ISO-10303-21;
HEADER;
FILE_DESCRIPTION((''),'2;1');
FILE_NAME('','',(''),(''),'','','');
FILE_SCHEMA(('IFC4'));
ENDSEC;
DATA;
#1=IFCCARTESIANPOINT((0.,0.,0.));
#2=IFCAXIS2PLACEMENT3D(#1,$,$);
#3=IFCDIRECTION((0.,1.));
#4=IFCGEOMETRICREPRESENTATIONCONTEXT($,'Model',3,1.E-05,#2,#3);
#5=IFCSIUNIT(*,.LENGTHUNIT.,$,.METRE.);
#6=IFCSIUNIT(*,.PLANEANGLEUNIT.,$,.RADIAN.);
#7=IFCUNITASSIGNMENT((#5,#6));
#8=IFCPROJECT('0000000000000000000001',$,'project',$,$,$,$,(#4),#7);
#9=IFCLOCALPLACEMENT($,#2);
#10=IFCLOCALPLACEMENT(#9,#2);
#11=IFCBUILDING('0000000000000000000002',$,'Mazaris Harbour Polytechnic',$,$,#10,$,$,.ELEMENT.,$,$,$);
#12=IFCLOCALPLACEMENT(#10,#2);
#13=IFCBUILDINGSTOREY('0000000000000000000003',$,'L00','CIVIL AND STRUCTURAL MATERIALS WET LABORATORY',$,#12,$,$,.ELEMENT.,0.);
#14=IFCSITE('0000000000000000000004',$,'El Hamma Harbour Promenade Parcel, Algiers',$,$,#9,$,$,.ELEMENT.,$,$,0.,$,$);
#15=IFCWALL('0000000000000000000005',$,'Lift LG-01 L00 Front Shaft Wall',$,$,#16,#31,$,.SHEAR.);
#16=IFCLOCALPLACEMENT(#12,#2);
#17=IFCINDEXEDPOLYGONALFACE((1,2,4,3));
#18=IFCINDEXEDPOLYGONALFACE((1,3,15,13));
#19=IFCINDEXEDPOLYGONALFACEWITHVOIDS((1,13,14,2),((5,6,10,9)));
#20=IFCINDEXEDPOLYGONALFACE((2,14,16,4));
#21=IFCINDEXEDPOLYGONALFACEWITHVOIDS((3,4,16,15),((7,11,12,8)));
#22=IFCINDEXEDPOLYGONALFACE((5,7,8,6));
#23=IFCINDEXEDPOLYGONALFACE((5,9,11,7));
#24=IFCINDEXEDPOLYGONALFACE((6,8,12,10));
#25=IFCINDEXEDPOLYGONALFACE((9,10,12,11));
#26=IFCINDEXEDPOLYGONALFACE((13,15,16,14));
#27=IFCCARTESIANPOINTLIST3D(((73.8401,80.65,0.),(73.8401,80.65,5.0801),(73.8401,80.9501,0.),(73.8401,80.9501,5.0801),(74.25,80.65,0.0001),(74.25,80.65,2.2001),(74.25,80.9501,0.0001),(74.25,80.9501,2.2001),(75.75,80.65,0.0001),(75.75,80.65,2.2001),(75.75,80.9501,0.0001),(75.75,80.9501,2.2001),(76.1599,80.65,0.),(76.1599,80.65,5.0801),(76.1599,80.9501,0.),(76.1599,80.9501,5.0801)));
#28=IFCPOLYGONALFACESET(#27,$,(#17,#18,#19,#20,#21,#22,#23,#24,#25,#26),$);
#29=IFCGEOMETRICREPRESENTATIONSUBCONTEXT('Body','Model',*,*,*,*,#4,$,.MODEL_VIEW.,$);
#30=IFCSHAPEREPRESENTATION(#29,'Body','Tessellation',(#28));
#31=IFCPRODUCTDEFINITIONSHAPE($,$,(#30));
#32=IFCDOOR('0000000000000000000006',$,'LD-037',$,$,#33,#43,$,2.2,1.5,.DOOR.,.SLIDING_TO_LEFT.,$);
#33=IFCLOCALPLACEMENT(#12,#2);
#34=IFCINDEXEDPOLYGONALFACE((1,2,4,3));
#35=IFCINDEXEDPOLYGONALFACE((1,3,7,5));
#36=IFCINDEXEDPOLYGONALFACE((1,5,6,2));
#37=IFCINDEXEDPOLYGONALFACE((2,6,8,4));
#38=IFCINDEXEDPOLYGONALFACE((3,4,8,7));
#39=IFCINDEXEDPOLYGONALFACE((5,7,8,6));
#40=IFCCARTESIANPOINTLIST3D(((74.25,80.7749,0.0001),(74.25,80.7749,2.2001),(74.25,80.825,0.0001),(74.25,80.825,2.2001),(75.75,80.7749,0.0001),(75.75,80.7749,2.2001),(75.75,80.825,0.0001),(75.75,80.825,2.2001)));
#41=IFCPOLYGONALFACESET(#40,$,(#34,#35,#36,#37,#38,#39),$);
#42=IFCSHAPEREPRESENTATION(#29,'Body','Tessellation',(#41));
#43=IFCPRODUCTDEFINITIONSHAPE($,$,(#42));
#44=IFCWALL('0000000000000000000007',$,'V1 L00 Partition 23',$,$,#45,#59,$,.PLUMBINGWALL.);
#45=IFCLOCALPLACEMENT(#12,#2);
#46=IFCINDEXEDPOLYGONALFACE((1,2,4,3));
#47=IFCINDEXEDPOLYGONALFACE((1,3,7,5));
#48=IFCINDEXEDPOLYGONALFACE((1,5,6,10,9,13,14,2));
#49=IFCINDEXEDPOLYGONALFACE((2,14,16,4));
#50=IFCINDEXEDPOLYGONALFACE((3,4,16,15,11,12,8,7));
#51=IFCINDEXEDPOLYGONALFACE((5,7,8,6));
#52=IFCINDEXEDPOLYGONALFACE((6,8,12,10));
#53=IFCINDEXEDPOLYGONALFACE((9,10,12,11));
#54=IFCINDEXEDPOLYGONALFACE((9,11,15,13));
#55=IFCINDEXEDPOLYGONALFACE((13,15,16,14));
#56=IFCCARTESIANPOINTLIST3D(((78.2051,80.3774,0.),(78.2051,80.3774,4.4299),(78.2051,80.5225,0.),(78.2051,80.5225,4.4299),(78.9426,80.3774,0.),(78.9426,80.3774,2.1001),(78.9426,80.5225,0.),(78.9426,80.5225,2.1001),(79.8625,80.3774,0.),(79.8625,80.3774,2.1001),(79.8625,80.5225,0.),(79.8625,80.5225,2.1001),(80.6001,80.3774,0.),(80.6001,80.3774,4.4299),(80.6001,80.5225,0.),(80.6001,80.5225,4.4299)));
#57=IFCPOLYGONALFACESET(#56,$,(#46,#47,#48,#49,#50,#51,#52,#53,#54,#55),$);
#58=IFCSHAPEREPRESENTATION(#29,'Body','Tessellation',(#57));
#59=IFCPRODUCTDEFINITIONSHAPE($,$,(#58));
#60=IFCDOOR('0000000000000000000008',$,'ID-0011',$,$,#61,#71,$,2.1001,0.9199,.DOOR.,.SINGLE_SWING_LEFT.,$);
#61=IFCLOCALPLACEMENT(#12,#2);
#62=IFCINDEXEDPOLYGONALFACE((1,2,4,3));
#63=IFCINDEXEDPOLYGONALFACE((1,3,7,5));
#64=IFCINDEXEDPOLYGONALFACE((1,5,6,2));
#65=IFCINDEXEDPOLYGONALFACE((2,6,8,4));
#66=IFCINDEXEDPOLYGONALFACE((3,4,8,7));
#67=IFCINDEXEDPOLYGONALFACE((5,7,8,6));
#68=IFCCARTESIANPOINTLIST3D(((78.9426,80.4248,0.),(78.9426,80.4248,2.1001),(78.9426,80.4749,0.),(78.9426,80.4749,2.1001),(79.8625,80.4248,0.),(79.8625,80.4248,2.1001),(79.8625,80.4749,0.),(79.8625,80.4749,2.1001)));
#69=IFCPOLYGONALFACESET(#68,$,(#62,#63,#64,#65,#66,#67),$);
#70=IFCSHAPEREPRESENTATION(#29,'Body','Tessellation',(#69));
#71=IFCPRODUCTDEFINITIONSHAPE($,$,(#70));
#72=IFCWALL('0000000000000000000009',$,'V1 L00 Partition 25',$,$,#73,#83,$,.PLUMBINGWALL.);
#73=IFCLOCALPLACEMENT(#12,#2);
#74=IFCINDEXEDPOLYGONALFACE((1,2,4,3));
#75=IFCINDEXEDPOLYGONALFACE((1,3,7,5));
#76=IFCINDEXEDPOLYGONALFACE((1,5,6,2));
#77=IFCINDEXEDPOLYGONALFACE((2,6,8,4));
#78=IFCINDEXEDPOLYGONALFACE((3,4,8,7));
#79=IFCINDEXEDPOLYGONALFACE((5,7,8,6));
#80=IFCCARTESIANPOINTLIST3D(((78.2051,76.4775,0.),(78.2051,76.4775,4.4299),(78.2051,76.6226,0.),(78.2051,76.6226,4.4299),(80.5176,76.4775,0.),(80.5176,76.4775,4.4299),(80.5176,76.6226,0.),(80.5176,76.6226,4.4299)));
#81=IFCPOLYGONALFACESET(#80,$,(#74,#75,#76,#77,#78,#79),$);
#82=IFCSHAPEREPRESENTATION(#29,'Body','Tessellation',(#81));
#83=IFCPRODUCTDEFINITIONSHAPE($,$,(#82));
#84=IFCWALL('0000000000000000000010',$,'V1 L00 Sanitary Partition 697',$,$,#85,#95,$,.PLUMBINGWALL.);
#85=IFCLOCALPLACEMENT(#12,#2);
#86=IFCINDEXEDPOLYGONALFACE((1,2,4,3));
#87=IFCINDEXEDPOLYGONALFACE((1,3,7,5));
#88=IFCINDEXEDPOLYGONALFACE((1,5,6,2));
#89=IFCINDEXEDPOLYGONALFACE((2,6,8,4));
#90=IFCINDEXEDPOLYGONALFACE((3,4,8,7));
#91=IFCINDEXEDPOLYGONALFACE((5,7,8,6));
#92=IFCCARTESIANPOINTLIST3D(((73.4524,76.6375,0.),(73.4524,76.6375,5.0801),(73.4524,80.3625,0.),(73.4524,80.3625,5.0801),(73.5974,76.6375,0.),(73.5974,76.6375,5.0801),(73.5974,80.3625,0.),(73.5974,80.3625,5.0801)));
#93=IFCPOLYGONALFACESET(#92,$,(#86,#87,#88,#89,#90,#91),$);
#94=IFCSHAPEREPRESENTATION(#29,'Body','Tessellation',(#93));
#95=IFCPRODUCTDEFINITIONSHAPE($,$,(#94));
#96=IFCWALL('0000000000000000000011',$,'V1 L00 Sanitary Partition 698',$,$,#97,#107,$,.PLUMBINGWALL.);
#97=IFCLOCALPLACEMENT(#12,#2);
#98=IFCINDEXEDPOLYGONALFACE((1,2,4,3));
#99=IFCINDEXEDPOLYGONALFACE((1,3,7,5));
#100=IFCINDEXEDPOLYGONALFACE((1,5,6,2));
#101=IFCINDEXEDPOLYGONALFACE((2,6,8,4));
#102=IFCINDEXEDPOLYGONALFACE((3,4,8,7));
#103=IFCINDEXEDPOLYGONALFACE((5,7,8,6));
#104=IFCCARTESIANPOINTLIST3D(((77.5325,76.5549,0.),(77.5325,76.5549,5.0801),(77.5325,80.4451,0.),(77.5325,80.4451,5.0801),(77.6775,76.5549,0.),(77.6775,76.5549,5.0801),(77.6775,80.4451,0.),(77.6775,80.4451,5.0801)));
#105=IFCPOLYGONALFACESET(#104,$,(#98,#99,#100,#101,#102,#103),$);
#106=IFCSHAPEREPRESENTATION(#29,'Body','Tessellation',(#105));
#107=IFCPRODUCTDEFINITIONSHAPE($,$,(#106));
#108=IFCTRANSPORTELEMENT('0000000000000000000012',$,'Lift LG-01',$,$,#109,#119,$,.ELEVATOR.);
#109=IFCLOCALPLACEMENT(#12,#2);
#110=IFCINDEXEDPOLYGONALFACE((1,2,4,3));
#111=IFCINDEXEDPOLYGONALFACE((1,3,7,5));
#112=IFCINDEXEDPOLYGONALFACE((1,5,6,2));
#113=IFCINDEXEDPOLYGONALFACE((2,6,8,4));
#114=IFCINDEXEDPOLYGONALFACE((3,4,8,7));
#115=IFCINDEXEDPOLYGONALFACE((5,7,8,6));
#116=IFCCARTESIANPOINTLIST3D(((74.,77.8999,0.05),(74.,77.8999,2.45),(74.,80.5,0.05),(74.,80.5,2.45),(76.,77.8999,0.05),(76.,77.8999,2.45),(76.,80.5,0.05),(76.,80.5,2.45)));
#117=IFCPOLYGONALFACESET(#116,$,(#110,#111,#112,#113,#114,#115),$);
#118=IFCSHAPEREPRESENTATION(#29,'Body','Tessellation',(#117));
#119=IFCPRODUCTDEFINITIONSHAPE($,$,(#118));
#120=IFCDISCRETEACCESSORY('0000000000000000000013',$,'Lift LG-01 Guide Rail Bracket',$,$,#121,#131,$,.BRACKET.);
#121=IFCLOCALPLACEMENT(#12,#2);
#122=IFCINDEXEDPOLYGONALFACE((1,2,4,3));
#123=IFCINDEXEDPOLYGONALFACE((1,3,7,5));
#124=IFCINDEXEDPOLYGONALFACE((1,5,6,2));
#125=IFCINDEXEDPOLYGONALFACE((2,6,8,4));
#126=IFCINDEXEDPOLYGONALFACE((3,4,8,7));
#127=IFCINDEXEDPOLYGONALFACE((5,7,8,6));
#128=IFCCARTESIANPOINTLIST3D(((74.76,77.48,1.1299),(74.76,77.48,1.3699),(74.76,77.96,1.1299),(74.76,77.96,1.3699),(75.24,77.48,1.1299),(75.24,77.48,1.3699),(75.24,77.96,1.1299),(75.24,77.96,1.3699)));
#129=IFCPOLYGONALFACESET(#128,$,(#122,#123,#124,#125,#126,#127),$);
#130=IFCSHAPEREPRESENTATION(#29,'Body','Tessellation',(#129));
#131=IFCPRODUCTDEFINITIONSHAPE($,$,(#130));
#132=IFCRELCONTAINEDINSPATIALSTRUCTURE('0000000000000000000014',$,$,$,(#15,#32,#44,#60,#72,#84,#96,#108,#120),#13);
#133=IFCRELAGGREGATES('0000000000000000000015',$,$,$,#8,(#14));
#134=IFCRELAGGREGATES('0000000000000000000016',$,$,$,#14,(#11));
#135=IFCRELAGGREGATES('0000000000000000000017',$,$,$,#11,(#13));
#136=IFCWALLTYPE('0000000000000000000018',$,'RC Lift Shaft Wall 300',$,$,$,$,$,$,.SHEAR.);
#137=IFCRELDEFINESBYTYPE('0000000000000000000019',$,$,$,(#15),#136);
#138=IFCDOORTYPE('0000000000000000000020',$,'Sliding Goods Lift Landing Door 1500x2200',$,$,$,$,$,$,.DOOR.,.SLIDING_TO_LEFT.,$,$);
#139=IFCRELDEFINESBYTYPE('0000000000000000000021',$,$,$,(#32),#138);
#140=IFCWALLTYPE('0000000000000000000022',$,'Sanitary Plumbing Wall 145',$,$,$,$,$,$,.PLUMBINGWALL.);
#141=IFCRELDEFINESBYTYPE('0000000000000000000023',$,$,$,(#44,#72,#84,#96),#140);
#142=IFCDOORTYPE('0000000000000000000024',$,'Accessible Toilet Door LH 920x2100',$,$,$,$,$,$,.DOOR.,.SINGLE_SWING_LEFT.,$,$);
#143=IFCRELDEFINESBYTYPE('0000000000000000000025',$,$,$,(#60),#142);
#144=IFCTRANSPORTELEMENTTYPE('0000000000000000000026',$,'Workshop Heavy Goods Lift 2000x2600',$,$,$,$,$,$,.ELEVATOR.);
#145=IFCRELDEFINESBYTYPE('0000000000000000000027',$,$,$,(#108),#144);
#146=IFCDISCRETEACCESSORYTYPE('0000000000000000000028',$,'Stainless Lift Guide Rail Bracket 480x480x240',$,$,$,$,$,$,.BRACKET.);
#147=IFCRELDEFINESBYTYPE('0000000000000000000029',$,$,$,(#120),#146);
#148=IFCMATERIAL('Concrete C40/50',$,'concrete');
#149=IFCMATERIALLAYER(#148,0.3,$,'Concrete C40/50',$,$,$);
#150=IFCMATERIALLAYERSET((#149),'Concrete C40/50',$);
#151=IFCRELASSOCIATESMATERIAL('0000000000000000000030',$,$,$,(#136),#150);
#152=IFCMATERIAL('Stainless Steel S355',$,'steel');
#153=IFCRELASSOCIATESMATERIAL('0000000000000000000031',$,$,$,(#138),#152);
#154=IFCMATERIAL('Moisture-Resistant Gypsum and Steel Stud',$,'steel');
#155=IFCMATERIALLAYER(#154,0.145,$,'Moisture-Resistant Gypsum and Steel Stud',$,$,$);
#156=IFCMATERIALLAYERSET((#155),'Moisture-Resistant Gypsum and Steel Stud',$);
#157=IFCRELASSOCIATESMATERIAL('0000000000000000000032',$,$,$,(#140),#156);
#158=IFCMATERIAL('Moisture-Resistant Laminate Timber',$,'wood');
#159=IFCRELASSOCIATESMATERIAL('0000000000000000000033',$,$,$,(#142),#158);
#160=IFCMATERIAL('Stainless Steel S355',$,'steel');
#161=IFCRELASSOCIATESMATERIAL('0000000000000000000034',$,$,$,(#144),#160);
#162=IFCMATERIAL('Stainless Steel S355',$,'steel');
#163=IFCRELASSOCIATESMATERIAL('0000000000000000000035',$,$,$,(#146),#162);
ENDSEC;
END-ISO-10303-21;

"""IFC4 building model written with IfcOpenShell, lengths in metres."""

from ifc_helpers import new_model, si_unit, direction, frame, frame_2d, origin, origin_2d, place, context, subcontext, project, spatial, rectangle, extrude, material, layer, layer_set, type_object, element, fill, save


model = new_model("IFC4")

# Units and contexts
model_context = context("Model", 3, precision=1e-05, world=origin(), true_north=direction((0.0, 1.0)))
body_context = subcontext(model_context, "Body", "Model", "MODEL_VIEW")
ifc_project = project(units=[si_unit("LENGTHUNIT", "METRE"), si_unit("PLANEANGLEUNIT", "RADIAN")], contexts=[model_context])

# Site, building, storey
site_placement = place(None, origin())
site = spatial("IfcSite", under=ifc_project, at=site_placement, Name="El Hamma Harbour Promenade Parcel, Algiers", CompositionType="ELEMENT", RefElevation=0.0)
building_placement = place(site_placement, origin())
building = spatial("IfcBuilding", under=site, at=building_placement, Name="Mazaris Harbour Polytechnic", CompositionType="ELEMENT")
storey_placement = place(building_placement, origin())
storey = spatial("IfcBuildingStorey", under=building, at=storey_placement, Name="L00", Description="CIVIL AND STRUCTURAL MATERIALS WET LABORATORY", CompositionType="ELEMENT", Elevation=0.0)

# Shared definitions
ifc_material_1 = material(Name="Concrete C40/50", Category="concrete")
ifc_layer_1 = layer(ifc_material_1, 0.3, Name="Concrete C40/50")
ifc_layer_set_1 = layer_set([ifc_layer_1], Name="Concrete C40/50")
wall_type_1 = type_object("IfcWallType", Name="RC Lift Shaft Wall 300", PredefinedType="SHEAR", material=ifc_layer_set_1)

# Walls, openings, doors
wall_1_placement = place(storey_placement, frame((73.8401, 80.8, 0.0), z_axis=(0.0, 0.0, 1.0), x_axis=(1.0, 0.0, 0.0)))
wall_1 = element("IfcWall", 1, at=wall_1_placement, inside=storey, type_object=wall_type_1, Name="Lift LG-01 L00 Front Shaft Wall", PredefinedType="SHEAR", context=body_context, shape_type="SweptSolid", body=[
    extrude(rectangle(XDim=2.3198, YDim=0.3, at=frame_2d((1.1599, 0.0))), origin(), (0.0, 0.0, 1.0), 5.0801),
])
opening_1_placement = place(wall_1_placement, frame((0.4099, 0.0, 0.0)))
opening_1 = element("IfcOpeningElement", 2, at=opening_1_placement, cuts=wall_1, PredefinedType="OPENING", context=body_context, shape_type="SweptSolid", body=[
    extrude(rectangle(XDim=1.5, YDim=2.2, at=frame_2d((0.75, 1.1001))), frame((0.0, 0.1599, 0.0), z_axis=(0.0, -1.0, 0.0), x_axis=(1.0, 0.0, 0.0)), (0.0, 0.0, 1.0), 0.3201),
])
ifc_material_2 = material(Name="Stainless Steel S355", Category="steel")
door_type_1 = type_object("IfcDoorType", Name="Sliding Goods Lift Landing Door 1500x2200", OperationType="SLIDING_TO_LEFT", PredefinedType="DOOR", material=ifc_material_2)
door_1_placement = place(opening_1_placement, origin())
door_1 = element("IfcDoor", 3, at=door_1_placement, inside=storey, type_object=door_type_1, Name="LD-037", OperationType="SLIDING_TO_LEFT", OverallHeight=2.2, OverallWidth=1.5, PredefinedType="DOOR", context=body_context, shape_type="SweptSolid", body=[
    extrude(rectangle(XDim=1.5, YDim=2.2, at=frame_2d((0.75, 1.1001))), frame((0.0, 0.0249, 0.0), z_axis=(0.0, -1.0, 0.0), x_axis=(1.0, 0.0, 0.0)), (0.0, 0.0, 1.0), 0.05),
])
fill(opening_1, door_1)
ifc_material_3 = material(Name="Moisture-Resistant Gypsum and Steel Stud", Category="steel")
ifc_layer_2 = layer(ifc_material_3, 0.145, Name="Moisture-Resistant Gypsum and Steel Stud")
ifc_layer_set_2 = layer_set([ifc_layer_2], Name="Moisture-Resistant Gypsum and Steel Stud")
wall_type_2 = type_object("IfcWallType", Name="Sanitary Plumbing Wall 145", PredefinedType="PLUMBINGWALL", material=ifc_layer_set_2)
wall_2_placement = place(storey_placement, frame((78.2051, 80.45, 0.0), z_axis=(0.0, 0.0, 1.0), x_axis=(1.0, 0.0, 0.0)))
wall_2 = element("IfcWall", 4, at=wall_2_placement, inside=storey, type_object=wall_type_2, Name="V1 L00 Partition 23", PredefinedType="PLUMBINGWALL", context=body_context, shape_type="SweptSolid", body=[
    extrude(rectangle(XDim=2.395, YDim=0.145, at=frame_2d((1.1975, 0.0))), origin(), (0.0, 0.0, 1.0), 4.4299),
])
opening_2_placement = place(wall_2_placement, frame((0.7375, 0.0, 0.0)))
opening_2 = element("IfcOpeningElement", 5, at=opening_2_placement, cuts=wall_2, PredefinedType="OPENING", context=body_context, shape_type="SweptSolid", body=[
    extrude(rectangle(XDim=0.9199, YDim=2.1001, at=frame_2d((0.46, 1.05))), frame((0.0, 0.0825, 0.0), z_axis=(0.0, -1.0, 0.0), x_axis=(1.0, 0.0, 0.0)), (0.0, 0.0, 1.0), 0.165),
])
ifc_material_4 = material(Name="Moisture-Resistant Laminate Timber", Category="wood")
door_type_2 = type_object("IfcDoorType", Name="Accessible Toilet Door LH 920x2100", OperationType="SINGLE_SWING_LEFT", PredefinedType="DOOR", material=ifc_material_4)
door_2_placement = place(opening_2_placement, origin())
door_2 = element("IfcDoor", 6, at=door_2_placement, inside=storey, type_object=door_type_2, Name="ID-0011", OperationType="SINGLE_SWING_LEFT", OverallHeight=2.1001, OverallWidth=0.9199, PredefinedType="DOOR", context=body_context, shape_type="SweptSolid", body=[
    extrude(rectangle(XDim=0.9199, YDim=2.1001, at=frame_2d((0.46, 1.05))), frame((0.0, 0.0249, 0.0), z_axis=(0.0, -1.0, 0.0), x_axis=(1.0, 0.0, 0.0)), (0.0, 0.0, 1.0), 0.05),
])
fill(opening_2, door_2)

# Walls
wall_3_placement = place(storey_placement, frame((78.2051, 76.55, 0.0), z_axis=(0.0, 0.0, 1.0), x_axis=(1.0, 0.0, 0.0)))
element("IfcWall", 7, at=wall_3_placement, inside=storey, type_object=wall_type_2, Name="V1 L00 Partition 25", PredefinedType="PLUMBINGWALL", context=body_context, shape_type="SweptSolid", body=[
    extrude(rectangle(XDim=2.3125, YDim=0.145, at=frame_2d((1.1562, 0.0))), origin(), (0.0, 0.0, 1.0), 4.4299),
])
wall_4_placement = place(storey_placement, frame((73.5249, 76.6375, 0.0), z_axis=(0.0, 0.0, 1.0), x_axis=(0.0, 1.0, 0.0)))
element("IfcWall", 8, at=wall_4_placement, inside=storey, type_object=wall_type_2, Name="V1 L00 Sanitary Partition 697", PredefinedType="PLUMBINGWALL", context=body_context, shape_type="SweptSolid", body=[
    extrude(rectangle(XDim=3.7251, YDim=0.145, at=frame_2d((1.8625, 0.0))), origin(), (0.0, 0.0, 1.0), 5.0801),
])
wall_5_placement = place(storey_placement, frame((77.605, 76.5549, 0.0), z_axis=(0.0, 0.0, 1.0), x_axis=(0.0, 1.0, 0.0)))
element("IfcWall", 9, at=wall_5_placement, inside=storey, type_object=wall_type_2, Name="V1 L00 Sanitary Partition 698", PredefinedType="PLUMBINGWALL", context=body_context, shape_type="SweptSolid", body=[
    extrude(rectangle(XDim=3.8901, YDim=0.145, at=frame_2d((1.9451, 0.0))), origin(), (0.0, 0.0, 1.0), 5.0801),
])

# Transport element
ifc_material_5 = material(Name="Stainless Steel S355", Category="steel")
transport_element_type = type_object("IfcTransportElementType", Name="Workshop Heavy Goods Lift 2000x2600", PredefinedType="ELEVATOR", material=ifc_material_5)
transport_element_placement = place(storey_placement, frame((75.0, 79.2, 0.05), z_axis=(0.0, 0.0, 1.0), x_axis=(1.0, 0.0, 0.0)))
element("IfcTransportElement", 10, at=transport_element_placement, inside=storey, type_object=transport_element_type, Name="Lift LG-01", PredefinedType="ELEVATOR", context=body_context, shape_type="SweptSolid", body=[
    extrude(rectangle(XDim=2.0, YDim=2.6001, at=origin_2d()), origin(), (0.0, 0.0, 1.0), 2.3999),
])

# Discrete accessory
ifc_material_6 = material(Name="Stainless Steel S355", Category="steel")
discrete_accessory_type = type_object("IfcDiscreteAccessoryType", Name="Stainless Lift Guide Rail Bracket 480x480x240", PredefinedType="BRACKET", material=ifc_material_6)
discrete_accessory_placement = place(storey_placement, frame((75.0, 77.72, 1.1299), z_axis=(0.0, 0.0, 1.0), x_axis=(1.0, 0.0, 0.0)))
element("IfcDiscreteAccessory", 11, at=discrete_accessory_placement, inside=storey, type_object=discrete_accessory_type, Name="Lift LG-01 Guide Rail Bracket", PredefinedType="BRACKET", context=body_context, shape_type="SweptSolid", body=[
    extrude(rectangle(XDim=0.48, YDim=0.48, at=origin_2d()), origin(), (0.0, 0.0, 1.0), 0.24),
])

save(model, "model.ifc")
